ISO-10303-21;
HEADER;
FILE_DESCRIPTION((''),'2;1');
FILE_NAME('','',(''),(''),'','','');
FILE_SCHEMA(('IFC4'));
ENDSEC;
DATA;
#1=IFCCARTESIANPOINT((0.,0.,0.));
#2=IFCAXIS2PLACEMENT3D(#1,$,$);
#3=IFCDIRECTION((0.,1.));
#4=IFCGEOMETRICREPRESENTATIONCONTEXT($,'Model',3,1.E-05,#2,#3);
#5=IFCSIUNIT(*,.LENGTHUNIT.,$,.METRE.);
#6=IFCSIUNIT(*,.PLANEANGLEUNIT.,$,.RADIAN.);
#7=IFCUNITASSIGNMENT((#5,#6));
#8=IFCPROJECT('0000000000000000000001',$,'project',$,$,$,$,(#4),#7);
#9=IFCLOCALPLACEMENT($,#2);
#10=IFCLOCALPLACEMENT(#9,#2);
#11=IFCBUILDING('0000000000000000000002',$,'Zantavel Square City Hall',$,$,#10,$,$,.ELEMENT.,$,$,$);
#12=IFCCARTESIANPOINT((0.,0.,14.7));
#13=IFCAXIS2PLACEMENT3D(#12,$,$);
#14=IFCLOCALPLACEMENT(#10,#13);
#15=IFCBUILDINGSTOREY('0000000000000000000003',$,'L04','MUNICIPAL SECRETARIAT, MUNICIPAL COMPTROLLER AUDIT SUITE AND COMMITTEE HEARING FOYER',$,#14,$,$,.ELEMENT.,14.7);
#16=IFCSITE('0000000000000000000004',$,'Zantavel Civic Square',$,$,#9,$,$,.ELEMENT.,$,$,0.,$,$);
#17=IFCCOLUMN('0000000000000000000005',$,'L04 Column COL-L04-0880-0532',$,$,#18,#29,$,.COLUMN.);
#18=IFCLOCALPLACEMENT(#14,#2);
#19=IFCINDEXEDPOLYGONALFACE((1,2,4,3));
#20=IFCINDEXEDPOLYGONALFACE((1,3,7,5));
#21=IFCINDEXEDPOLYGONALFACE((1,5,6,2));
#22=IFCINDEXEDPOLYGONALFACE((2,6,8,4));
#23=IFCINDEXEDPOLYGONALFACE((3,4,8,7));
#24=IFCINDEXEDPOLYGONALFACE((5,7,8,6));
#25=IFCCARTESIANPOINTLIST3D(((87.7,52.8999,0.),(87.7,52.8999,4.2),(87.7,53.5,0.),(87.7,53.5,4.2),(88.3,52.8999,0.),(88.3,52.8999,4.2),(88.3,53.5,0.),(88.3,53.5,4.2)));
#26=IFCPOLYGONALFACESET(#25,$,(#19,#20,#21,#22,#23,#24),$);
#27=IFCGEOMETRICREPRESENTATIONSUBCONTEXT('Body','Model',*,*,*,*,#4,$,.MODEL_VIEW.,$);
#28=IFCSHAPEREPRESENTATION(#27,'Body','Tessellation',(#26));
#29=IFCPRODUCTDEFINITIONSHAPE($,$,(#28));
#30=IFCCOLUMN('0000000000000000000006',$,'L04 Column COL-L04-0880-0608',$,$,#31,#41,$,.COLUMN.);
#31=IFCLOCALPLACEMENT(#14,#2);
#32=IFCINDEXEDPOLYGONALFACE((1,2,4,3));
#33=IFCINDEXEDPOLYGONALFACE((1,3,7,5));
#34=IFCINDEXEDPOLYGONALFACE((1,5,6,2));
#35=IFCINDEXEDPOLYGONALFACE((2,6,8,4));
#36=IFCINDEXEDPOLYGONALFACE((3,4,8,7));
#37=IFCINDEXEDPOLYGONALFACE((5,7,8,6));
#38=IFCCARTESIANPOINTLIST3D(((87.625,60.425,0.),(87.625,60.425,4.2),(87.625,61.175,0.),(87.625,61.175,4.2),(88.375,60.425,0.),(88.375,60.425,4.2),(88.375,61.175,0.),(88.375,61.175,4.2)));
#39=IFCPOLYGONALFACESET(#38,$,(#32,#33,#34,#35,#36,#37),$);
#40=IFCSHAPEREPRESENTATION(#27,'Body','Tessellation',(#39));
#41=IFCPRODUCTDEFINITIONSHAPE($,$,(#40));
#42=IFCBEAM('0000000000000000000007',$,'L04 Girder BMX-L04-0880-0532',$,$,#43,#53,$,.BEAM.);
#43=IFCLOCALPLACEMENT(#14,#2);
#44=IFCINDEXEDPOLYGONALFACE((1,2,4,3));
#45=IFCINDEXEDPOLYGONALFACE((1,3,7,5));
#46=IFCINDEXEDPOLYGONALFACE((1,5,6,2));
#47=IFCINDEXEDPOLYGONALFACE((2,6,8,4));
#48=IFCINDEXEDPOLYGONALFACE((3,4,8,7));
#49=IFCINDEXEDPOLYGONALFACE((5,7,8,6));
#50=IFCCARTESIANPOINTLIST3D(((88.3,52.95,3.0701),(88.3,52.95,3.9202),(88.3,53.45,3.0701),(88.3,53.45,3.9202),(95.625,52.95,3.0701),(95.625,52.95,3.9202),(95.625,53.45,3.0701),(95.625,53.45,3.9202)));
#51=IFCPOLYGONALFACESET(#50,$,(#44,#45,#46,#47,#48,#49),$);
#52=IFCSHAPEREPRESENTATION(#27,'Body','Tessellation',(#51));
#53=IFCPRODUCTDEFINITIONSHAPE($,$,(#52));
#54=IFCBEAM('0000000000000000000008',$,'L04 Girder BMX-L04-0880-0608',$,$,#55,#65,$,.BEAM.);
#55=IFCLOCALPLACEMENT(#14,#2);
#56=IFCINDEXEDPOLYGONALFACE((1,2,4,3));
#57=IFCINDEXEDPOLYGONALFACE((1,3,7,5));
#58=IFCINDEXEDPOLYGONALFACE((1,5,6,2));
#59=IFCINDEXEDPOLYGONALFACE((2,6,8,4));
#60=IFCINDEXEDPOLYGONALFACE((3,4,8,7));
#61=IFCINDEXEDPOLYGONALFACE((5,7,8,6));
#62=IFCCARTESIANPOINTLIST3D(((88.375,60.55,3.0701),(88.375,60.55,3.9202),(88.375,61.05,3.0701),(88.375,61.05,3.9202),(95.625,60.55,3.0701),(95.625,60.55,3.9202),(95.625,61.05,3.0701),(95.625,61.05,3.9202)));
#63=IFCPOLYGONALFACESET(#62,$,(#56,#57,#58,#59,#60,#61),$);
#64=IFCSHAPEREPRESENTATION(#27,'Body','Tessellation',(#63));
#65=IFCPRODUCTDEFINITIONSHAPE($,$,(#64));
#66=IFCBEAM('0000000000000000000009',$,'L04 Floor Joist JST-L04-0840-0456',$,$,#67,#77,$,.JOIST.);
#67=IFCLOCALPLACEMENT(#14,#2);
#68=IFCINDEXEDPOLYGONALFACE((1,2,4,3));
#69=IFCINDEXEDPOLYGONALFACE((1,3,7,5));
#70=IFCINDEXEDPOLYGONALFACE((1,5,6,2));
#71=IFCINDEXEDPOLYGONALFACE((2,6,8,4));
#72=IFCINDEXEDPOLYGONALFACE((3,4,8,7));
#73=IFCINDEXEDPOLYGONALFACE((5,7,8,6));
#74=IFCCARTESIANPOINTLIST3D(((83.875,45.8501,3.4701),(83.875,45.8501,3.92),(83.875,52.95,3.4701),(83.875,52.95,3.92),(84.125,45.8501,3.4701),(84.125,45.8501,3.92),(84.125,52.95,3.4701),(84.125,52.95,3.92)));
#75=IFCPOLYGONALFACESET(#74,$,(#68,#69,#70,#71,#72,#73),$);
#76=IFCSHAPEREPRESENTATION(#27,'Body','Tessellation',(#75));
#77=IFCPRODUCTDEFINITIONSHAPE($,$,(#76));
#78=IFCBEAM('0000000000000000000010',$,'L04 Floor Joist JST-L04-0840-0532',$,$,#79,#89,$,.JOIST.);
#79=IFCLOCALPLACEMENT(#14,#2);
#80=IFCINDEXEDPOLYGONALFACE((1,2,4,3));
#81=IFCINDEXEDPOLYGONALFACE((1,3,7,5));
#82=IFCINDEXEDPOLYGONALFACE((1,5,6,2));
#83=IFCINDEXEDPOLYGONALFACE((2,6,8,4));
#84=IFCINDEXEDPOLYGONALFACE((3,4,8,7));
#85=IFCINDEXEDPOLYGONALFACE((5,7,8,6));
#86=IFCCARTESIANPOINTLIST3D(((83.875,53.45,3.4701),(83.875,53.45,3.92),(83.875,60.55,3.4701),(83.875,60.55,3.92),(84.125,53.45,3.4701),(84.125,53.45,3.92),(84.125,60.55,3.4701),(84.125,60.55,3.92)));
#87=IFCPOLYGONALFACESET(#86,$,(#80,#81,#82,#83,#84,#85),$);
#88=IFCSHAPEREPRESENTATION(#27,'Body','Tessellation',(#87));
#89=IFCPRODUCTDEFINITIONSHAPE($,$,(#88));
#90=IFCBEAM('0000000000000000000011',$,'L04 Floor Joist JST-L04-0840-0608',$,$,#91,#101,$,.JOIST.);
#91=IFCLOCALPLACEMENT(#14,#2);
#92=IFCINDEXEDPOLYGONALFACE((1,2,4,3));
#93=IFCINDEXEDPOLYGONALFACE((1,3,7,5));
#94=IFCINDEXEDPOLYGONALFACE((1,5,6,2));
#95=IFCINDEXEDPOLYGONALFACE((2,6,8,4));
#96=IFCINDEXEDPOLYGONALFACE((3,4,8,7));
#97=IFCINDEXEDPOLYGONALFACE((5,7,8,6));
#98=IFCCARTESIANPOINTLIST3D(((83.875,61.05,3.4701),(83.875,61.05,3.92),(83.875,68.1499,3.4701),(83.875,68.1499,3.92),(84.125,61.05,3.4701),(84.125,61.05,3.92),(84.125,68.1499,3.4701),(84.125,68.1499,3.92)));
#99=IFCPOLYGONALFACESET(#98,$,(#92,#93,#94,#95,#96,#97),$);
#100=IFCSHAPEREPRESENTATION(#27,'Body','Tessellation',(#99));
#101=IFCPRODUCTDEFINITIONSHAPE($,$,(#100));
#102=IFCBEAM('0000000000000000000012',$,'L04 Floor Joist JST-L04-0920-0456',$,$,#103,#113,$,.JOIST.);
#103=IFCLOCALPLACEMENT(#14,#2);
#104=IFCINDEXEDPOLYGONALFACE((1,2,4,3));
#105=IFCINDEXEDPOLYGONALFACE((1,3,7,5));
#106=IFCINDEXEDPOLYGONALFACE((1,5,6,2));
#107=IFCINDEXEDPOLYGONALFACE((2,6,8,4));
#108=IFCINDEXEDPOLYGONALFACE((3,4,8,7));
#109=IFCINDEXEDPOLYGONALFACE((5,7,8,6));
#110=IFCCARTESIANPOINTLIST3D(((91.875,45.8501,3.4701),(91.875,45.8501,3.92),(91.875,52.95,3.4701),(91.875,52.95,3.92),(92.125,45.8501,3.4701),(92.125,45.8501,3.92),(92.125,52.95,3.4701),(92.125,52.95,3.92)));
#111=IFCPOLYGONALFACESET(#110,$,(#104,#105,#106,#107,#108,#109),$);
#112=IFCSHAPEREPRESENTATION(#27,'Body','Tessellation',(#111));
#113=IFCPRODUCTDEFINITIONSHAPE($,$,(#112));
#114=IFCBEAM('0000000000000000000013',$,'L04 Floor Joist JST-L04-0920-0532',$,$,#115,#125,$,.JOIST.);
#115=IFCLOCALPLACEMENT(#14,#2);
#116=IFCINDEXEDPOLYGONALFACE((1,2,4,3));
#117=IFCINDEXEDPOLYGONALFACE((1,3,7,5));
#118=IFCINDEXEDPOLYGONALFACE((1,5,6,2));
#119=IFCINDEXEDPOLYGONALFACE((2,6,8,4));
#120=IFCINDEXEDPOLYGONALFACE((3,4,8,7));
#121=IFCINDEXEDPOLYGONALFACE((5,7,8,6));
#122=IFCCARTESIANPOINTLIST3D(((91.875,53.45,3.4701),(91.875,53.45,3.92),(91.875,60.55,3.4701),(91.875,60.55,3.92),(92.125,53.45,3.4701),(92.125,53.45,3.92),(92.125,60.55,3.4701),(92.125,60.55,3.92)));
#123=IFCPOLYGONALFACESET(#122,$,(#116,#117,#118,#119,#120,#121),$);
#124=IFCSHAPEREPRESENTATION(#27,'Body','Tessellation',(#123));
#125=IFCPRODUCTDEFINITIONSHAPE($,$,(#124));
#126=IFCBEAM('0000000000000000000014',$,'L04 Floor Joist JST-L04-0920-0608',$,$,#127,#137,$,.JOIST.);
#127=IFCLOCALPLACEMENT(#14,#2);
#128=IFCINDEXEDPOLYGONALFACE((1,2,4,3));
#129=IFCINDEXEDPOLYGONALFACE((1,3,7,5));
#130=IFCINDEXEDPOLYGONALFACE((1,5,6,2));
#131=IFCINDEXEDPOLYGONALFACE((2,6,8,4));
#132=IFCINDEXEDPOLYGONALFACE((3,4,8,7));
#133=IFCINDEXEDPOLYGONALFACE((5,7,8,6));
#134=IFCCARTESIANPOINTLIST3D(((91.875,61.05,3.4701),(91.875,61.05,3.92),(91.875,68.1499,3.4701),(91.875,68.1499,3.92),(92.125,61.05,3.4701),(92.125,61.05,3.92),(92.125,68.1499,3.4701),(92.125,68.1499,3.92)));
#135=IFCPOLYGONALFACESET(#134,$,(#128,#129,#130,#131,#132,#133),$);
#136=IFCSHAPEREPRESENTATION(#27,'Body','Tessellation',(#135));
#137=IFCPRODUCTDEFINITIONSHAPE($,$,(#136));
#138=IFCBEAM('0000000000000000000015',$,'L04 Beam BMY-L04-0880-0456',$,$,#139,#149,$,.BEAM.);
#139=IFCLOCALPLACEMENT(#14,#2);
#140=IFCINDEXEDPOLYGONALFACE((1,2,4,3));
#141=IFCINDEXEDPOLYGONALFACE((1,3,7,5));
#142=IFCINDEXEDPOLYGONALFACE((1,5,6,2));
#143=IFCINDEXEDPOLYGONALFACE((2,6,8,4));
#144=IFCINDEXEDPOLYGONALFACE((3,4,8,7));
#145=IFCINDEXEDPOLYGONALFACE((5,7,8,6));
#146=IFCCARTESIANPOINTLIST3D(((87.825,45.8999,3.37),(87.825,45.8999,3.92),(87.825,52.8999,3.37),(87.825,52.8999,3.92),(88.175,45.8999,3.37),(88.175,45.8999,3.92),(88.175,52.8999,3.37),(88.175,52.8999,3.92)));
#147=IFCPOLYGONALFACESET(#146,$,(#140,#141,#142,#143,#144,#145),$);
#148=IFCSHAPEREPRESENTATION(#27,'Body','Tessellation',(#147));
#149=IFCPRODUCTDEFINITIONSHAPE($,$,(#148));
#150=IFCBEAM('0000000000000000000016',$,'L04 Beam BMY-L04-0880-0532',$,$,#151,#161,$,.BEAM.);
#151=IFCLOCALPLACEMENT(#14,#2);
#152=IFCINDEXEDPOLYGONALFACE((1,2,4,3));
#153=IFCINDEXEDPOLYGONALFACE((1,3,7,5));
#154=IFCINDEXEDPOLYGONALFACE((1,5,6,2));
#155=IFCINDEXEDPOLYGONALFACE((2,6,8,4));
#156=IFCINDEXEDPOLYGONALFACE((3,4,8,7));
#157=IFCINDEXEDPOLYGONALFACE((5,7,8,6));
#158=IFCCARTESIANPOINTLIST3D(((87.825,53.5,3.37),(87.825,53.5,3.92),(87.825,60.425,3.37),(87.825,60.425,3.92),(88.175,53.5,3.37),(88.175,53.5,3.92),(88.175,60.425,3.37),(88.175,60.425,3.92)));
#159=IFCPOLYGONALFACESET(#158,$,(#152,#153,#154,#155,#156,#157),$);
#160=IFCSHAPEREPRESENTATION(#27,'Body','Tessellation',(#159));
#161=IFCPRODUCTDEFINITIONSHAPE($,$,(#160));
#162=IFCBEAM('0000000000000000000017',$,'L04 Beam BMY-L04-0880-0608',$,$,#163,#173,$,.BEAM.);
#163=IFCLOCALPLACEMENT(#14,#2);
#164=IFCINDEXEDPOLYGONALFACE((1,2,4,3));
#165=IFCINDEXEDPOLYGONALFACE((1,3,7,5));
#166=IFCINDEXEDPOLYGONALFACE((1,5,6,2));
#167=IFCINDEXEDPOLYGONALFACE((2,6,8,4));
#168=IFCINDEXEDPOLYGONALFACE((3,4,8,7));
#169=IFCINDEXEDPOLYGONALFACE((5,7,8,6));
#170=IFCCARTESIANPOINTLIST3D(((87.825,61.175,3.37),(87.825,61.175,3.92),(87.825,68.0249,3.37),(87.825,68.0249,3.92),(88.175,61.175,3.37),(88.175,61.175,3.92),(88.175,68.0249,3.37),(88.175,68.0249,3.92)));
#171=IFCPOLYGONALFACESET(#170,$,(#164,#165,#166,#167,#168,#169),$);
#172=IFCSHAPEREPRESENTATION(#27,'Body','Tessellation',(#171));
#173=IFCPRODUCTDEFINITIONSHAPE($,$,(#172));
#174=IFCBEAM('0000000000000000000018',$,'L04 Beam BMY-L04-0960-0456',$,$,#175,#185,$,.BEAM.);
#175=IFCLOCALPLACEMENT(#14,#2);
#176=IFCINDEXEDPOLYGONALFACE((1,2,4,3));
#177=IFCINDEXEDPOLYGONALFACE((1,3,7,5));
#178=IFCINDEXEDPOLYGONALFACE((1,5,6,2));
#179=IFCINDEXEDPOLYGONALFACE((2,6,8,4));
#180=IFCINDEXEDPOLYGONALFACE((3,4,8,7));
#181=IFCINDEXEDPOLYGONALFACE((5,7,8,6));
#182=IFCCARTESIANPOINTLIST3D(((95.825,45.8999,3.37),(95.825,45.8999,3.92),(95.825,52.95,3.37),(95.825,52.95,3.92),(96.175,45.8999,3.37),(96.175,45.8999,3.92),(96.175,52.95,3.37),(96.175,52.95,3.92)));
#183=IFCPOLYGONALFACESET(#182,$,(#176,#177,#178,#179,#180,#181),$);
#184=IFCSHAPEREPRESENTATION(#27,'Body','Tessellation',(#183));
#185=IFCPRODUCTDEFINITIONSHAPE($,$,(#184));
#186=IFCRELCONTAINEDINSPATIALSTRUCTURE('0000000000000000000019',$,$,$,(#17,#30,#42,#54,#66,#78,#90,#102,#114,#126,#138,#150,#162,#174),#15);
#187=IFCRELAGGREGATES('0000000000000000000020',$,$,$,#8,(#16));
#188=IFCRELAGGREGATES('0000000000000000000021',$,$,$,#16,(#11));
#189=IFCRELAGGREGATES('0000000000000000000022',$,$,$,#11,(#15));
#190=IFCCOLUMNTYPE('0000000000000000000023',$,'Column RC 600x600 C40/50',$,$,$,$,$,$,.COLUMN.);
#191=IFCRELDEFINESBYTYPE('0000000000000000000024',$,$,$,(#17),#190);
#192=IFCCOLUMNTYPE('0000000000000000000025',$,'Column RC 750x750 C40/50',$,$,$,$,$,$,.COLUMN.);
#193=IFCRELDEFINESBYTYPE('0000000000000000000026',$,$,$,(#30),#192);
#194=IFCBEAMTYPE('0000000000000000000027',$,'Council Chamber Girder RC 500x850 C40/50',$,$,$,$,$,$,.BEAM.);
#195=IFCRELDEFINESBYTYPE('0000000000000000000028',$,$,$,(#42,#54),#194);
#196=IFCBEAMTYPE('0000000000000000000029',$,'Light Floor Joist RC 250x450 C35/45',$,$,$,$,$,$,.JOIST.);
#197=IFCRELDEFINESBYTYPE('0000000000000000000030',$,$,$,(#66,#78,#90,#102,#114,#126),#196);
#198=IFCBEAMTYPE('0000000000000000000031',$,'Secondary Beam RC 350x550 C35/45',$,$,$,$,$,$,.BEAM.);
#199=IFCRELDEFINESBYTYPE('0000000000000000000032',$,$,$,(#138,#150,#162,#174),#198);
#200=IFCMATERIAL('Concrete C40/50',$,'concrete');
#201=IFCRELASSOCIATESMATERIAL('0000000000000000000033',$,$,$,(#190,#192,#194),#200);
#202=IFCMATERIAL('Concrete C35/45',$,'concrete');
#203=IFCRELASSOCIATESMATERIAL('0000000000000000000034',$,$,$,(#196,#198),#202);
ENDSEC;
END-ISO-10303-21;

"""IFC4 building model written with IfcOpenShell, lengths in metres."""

from ifc_helpers import new_model, si_unit, direction, frame, origin, origin_2d, place, context, subcontext, project, spatial, rectangle, extrude, material, material_profile, profile_set, type_object, element, save


model = new_model("IFC4")

# Units and contexts
model_context = context("Model", 3, precision=1e-05, world=origin(), true_north=direction((0.0, 1.0)))
body_context = subcontext(model_context, "Body", "Model", "MODEL_VIEW")
ifc_project = project(units=[si_unit("LENGTHUNIT", "METRE"), si_unit("PLANEANGLEUNIT", "RADIAN")], contexts=[model_context])

# Site, building, storey
site_placement = place(None, origin())
site = spatial("IfcSite", under=ifc_project, at=site_placement, Name="Zantavel Civic Square", CompositionType="ELEMENT", RefElevation=0.0)
building_placement = place(site_placement, origin())
building = spatial("IfcBuilding", under=site, at=building_placement, Name="Zantavel Square City Hall", CompositionType="ELEMENT")
storey_placement = place(building_placement, frame((0.0, 0.0, 14.7)))
storey = spatial("IfcBuildingStorey", under=building, at=storey_placement, Name="L04", Description="MUNICIPAL SECRETARIAT, MUNICIPAL COMPTROLLER AUDIT SUITE AND COMMITTEE HEARING FOYER", CompositionType="ELEMENT", Elevation=14.7)

# Columns
ifc_material_1 = material(Name="Concrete C40/50", Category="concrete")
ifc_material_profile_1 = material_profile(ifc_material_1, rectangle(XDim=0.6001, YDim=0.6001, at=origin_2d()), Name="RC 600x600")
ifc_profile_set_1 = profile_set([ifc_material_profile_1], Name="Concrete C40/50")
column_type_1 = type_object("IfcColumnType", Name="Column RC 600x600 C40/50", PredefinedType="COLUMN", material=ifc_profile_set_1)
column_1_placement = place(storey_placement, frame((88.0, 53.2, 0.0), z_axis=(0.0, 0.0, 1.0), x_axis=(1.0, 0.0, 0.0)))
element("IfcColumn", 1, at=column_1_placement, inside=storey, type_object=column_type_1, Name="L04 Column COL-L04-0880-0532", PredefinedType="COLUMN", context=body_context, shape_type="SweptSolid", body=[
    extrude(rectangle(XDim=0.6001, YDim=0.6001, at=origin_2d()), origin(), (0.0, 0.0, 1.0), 4.2),
])
ifc_material_profile_2 = material_profile(ifc_material_1, rectangle(XDim=0.75, YDim=0.75, at=origin_2d()), Name="RC 750x750")
ifc_profile_set_2 = profile_set([ifc_material_profile_2], Name="Concrete C40/50")
column_type_2 = type_object("IfcColumnType", Name="Column RC 750x750 C40/50", PredefinedType="COLUMN", material=ifc_profile_set_2)
column_2_placement = place(storey_placement, frame((88.0, 60.8, 0.0), z_axis=(0.0, 0.0, 1.0), x_axis=(1.0, 0.0, 0.0)))
element("IfcColumn", 2, at=column_2_placement, inside=storey, type_object=column_type_2, Name="L04 Column COL-L04-0880-0608", PredefinedType="COLUMN", context=body_context, shape_type="SweptSolid", body=[
    extrude(rectangle(XDim=0.75, YDim=0.75, at=origin_2d()), origin(), (0.0, 0.0, 1.0), 4.2),
])

# Beams
ifc_material_profile_3 = material_profile(ifc_material_1, rectangle(XDim=0.5, YDim=0.8501, at=origin_2d()), Name="RC 500x850")
ifc_profile_set_3 = profile_set([ifc_material_profile_3], Name="Concrete C40/50")
beam_type_1 = type_object("IfcBeamType", Name="Council Chamber Girder RC 500x850 C40/50", PredefinedType="BEAM", material=ifc_profile_set_3)
beam_1_placement = place(storey_placement, frame((88.3, 53.2, 3.4951), z_axis=(1.0, 0.0, 0.0), x_axis=(0.0, 1.0, 0.0)))
element("IfcBeam", 3, at=beam_1_placement, inside=storey, type_object=beam_type_1, Name="L04 Girder BMX-L04-0880-0532", PredefinedType="BEAM", context=body_context, shape_type="SweptSolid", body=[
    extrude(rectangle(XDim=0.5, YDim=0.8501, at=origin_2d()), origin(), (0.0, 0.0, 1.0), 7.325),
])
beam_2_placement = place(storey_placement, frame((88.375, 60.8, 3.4951), z_axis=(1.0, 0.0, 0.0), x_axis=(0.0, 1.0, 0.0)))
element("IfcBeam", 4, at=beam_2_placement, inside=storey, type_object=beam_type_1, Name="L04 Girder BMX-L04-0880-0608", PredefinedType="BEAM", context=body_context, shape_type="SweptSolid", body=[
    extrude(rectangle(XDim=0.5, YDim=0.8501, at=origin_2d()), origin(), (0.0, 0.0, 1.0), 7.25),
])
ifc_material_2 = material(Name="Concrete C35/45", Category="concrete")
ifc_material_profile_4 = material_profile(ifc_material_2, rectangle(XDim=0.25, YDim=0.45, at=origin_2d()), Name="RC 250x450")
ifc_profile_set_4 = profile_set([ifc_material_profile_4], Name="Concrete C35/45")
beam_type_2 = type_object("IfcBeamType", Name="Light Floor Joist RC 250x450 C35/45", PredefinedType="JOIST", material=ifc_profile_set_4)
beam_3_placement = place(storey_placement, frame((84.0, 45.8501, 3.6951), z_axis=(0.0, 1.0, 0.0), x_axis=(-1.0, 0.0, 0.0)))
element("IfcBeam", 5, at=beam_3_placement, inside=storey, type_object=beam_type_2, Name="L04 Floor Joist JST-L04-0840-0456", PredefinedType="JOIST", context=body_context, shape_type="SweptSolid", body=[
    extrude(rectangle(XDim=0.25, YDim=0.45, at=origin_2d()), origin(), (0.0, 0.0, 1.0), 7.0999),
])
beam_4_placement = place(storey_placement, frame((84.0, 53.45, 3.6951), z_axis=(0.0, 1.0, 0.0), x_axis=(-1.0, 0.0, 0.0)))
element("IfcBeam", 6, at=beam_4_placement, inside=storey, type_object=beam_type_2, Name="L04 Floor Joist JST-L04-0840-0532", PredefinedType="JOIST", context=body_context, shape_type="SweptSolid", body=[
    extrude(rectangle(XDim=0.25, YDim=0.45, at=origin_2d()), origin(), (0.0, 0.0, 1.0), 7.1001),
])
for number, where, z_axis, x_axis, name in (
    (7, (84.0, 61.05, 3.6951), (0.0, 1.0, 0.0), (-1.0, 0.0, 0.0), "L04 Floor Joist JST-L04-0840-0608"),
    (8, (92.0, 45.8501, 3.6951), (0.0, 1.0, 0.0), (-1.0, 0.0, 0.0), "L04 Floor Joist JST-L04-0920-0456"),
):
    element("IfcBeam", number, at=place(storey_placement, frame(where, z_axis=z_axis, x_axis=x_axis)), inside=storey, type_object=beam_type_2, Name=name, PredefinedType="JOIST", context=body_context, shape_type="SweptSolid", body=[
        extrude(rectangle(XDim=0.25, YDim=0.45, at=origin_2d()), origin(), (0.0, 0.0, 1.0), 7.0999),
    ])
beam_5_placement = place(storey_placement, frame((92.0, 53.45, 3.6951), z_axis=(0.0, 1.0, 0.0), x_axis=(-1.0, 0.0, 0.0)))
element("IfcBeam", 9, at=beam_5_placement, inside=storey, type_object=beam_type_2, Name="L04 Floor Joist JST-L04-0920-0532", PredefinedType="JOIST", context=body_context, shape_type="SweptSolid", body=[
    extrude(rectangle(XDim=0.25, YDim=0.45, at=origin_2d()), origin(), (0.0, 0.0, 1.0), 7.1001),
])
beam_6_placement = place(storey_placement, frame((92.0, 61.05, 3.6951), z_axis=(0.0, 1.0, 0.0), x_axis=(-1.0, 0.0, 0.0)))
element("IfcBeam", 10, at=beam_6_placement, inside=storey, type_object=beam_type_2, Name="L04 Floor Joist JST-L04-0920-0608", PredefinedType="JOIST", context=body_context, shape_type="SweptSolid", body=[
    extrude(rectangle(XDim=0.25, YDim=0.45, at=origin_2d()), origin(), (0.0, 0.0, 1.0), 7.0999),
])
ifc_material_profile_5 = material_profile(ifc_material_2, rectangle(XDim=0.3501, YDim=0.55, at=origin_2d()), Name="RC 350x550")
ifc_profile_set_5 = profile_set([ifc_material_profile_5], Name="Concrete C35/45")
beam_type_3 = type_object("IfcBeamType", Name="Secondary Beam RC 350x550 C35/45", PredefinedType="BEAM", material=ifc_profile_set_5)
beam_7_placement = place(storey_placement, frame((88.0, 45.8999, 3.645), z_axis=(0.0, 1.0, 0.0), x_axis=(-1.0, 0.0, 0.0)))
element("IfcBeam", 11, at=beam_7_placement, inside=storey, type_object=beam_type_3, Name="L04 Beam BMY-L04-0880-0456", PredefinedType="BEAM", context=body_context, shape_type="SweptSolid", body=[
    extrude(rectangle(XDim=0.3501, YDim=0.55, at=origin_2d()), origin(), (0.0, 0.0, 1.0), 7.0),
])
beam_8_placement = place(storey_placement, frame((88.0, 53.5, 3.645), z_axis=(0.0, 1.0, 0.0), x_axis=(-1.0, 0.0, 0.0)))
element("IfcBeam", 12, at=beam_8_placement, inside=storey, type_object=beam_type_3, Name="L04 Beam BMY-L04-0880-0532", PredefinedType="BEAM", context=body_context, shape_type="SweptSolid", body=[
    extrude(rectangle(XDim=0.3501, YDim=0.55, at=origin_2d()), origin(), (0.0, 0.0, 1.0), 6.925),
])
beam_9_placement = place(storey_placement, frame((88.0, 61.175, 3.645), z_axis=(0.0, 1.0, 0.0), x_axis=(-1.0, 0.0, 0.0)))
element("IfcBeam", 13, at=beam_9_placement, inside=storey, type_object=beam_type_3, Name="L04 Beam BMY-L04-0880-0608", PredefinedType="BEAM", context=body_context, shape_type="SweptSolid", body=[
    extrude(rectangle(XDim=0.3501, YDim=0.55, at=origin_2d()), origin(), (0.0, 0.0, 1.0), 6.8499),
])
beam_10_placement = place(storey_placement, frame((96.0, 45.8999, 3.645), z_axis=(0.0, 1.0, 0.0), x_axis=(-1.0, 0.0, 0.0)))
element("IfcBeam", 14, at=beam_10_placement, inside=storey, type_object=beam_type_3, Name="L04 Beam BMY-L04-0960-0456", PredefinedType="BEAM", context=body_context, shape_type="SweptSolid", body=[
    extrude(rectangle(XDim=0.3501, YDim=0.55, at=origin_2d()), origin(), (0.0, 0.0, 1.0), 7.05),
])

save(model, "model.ifc")
